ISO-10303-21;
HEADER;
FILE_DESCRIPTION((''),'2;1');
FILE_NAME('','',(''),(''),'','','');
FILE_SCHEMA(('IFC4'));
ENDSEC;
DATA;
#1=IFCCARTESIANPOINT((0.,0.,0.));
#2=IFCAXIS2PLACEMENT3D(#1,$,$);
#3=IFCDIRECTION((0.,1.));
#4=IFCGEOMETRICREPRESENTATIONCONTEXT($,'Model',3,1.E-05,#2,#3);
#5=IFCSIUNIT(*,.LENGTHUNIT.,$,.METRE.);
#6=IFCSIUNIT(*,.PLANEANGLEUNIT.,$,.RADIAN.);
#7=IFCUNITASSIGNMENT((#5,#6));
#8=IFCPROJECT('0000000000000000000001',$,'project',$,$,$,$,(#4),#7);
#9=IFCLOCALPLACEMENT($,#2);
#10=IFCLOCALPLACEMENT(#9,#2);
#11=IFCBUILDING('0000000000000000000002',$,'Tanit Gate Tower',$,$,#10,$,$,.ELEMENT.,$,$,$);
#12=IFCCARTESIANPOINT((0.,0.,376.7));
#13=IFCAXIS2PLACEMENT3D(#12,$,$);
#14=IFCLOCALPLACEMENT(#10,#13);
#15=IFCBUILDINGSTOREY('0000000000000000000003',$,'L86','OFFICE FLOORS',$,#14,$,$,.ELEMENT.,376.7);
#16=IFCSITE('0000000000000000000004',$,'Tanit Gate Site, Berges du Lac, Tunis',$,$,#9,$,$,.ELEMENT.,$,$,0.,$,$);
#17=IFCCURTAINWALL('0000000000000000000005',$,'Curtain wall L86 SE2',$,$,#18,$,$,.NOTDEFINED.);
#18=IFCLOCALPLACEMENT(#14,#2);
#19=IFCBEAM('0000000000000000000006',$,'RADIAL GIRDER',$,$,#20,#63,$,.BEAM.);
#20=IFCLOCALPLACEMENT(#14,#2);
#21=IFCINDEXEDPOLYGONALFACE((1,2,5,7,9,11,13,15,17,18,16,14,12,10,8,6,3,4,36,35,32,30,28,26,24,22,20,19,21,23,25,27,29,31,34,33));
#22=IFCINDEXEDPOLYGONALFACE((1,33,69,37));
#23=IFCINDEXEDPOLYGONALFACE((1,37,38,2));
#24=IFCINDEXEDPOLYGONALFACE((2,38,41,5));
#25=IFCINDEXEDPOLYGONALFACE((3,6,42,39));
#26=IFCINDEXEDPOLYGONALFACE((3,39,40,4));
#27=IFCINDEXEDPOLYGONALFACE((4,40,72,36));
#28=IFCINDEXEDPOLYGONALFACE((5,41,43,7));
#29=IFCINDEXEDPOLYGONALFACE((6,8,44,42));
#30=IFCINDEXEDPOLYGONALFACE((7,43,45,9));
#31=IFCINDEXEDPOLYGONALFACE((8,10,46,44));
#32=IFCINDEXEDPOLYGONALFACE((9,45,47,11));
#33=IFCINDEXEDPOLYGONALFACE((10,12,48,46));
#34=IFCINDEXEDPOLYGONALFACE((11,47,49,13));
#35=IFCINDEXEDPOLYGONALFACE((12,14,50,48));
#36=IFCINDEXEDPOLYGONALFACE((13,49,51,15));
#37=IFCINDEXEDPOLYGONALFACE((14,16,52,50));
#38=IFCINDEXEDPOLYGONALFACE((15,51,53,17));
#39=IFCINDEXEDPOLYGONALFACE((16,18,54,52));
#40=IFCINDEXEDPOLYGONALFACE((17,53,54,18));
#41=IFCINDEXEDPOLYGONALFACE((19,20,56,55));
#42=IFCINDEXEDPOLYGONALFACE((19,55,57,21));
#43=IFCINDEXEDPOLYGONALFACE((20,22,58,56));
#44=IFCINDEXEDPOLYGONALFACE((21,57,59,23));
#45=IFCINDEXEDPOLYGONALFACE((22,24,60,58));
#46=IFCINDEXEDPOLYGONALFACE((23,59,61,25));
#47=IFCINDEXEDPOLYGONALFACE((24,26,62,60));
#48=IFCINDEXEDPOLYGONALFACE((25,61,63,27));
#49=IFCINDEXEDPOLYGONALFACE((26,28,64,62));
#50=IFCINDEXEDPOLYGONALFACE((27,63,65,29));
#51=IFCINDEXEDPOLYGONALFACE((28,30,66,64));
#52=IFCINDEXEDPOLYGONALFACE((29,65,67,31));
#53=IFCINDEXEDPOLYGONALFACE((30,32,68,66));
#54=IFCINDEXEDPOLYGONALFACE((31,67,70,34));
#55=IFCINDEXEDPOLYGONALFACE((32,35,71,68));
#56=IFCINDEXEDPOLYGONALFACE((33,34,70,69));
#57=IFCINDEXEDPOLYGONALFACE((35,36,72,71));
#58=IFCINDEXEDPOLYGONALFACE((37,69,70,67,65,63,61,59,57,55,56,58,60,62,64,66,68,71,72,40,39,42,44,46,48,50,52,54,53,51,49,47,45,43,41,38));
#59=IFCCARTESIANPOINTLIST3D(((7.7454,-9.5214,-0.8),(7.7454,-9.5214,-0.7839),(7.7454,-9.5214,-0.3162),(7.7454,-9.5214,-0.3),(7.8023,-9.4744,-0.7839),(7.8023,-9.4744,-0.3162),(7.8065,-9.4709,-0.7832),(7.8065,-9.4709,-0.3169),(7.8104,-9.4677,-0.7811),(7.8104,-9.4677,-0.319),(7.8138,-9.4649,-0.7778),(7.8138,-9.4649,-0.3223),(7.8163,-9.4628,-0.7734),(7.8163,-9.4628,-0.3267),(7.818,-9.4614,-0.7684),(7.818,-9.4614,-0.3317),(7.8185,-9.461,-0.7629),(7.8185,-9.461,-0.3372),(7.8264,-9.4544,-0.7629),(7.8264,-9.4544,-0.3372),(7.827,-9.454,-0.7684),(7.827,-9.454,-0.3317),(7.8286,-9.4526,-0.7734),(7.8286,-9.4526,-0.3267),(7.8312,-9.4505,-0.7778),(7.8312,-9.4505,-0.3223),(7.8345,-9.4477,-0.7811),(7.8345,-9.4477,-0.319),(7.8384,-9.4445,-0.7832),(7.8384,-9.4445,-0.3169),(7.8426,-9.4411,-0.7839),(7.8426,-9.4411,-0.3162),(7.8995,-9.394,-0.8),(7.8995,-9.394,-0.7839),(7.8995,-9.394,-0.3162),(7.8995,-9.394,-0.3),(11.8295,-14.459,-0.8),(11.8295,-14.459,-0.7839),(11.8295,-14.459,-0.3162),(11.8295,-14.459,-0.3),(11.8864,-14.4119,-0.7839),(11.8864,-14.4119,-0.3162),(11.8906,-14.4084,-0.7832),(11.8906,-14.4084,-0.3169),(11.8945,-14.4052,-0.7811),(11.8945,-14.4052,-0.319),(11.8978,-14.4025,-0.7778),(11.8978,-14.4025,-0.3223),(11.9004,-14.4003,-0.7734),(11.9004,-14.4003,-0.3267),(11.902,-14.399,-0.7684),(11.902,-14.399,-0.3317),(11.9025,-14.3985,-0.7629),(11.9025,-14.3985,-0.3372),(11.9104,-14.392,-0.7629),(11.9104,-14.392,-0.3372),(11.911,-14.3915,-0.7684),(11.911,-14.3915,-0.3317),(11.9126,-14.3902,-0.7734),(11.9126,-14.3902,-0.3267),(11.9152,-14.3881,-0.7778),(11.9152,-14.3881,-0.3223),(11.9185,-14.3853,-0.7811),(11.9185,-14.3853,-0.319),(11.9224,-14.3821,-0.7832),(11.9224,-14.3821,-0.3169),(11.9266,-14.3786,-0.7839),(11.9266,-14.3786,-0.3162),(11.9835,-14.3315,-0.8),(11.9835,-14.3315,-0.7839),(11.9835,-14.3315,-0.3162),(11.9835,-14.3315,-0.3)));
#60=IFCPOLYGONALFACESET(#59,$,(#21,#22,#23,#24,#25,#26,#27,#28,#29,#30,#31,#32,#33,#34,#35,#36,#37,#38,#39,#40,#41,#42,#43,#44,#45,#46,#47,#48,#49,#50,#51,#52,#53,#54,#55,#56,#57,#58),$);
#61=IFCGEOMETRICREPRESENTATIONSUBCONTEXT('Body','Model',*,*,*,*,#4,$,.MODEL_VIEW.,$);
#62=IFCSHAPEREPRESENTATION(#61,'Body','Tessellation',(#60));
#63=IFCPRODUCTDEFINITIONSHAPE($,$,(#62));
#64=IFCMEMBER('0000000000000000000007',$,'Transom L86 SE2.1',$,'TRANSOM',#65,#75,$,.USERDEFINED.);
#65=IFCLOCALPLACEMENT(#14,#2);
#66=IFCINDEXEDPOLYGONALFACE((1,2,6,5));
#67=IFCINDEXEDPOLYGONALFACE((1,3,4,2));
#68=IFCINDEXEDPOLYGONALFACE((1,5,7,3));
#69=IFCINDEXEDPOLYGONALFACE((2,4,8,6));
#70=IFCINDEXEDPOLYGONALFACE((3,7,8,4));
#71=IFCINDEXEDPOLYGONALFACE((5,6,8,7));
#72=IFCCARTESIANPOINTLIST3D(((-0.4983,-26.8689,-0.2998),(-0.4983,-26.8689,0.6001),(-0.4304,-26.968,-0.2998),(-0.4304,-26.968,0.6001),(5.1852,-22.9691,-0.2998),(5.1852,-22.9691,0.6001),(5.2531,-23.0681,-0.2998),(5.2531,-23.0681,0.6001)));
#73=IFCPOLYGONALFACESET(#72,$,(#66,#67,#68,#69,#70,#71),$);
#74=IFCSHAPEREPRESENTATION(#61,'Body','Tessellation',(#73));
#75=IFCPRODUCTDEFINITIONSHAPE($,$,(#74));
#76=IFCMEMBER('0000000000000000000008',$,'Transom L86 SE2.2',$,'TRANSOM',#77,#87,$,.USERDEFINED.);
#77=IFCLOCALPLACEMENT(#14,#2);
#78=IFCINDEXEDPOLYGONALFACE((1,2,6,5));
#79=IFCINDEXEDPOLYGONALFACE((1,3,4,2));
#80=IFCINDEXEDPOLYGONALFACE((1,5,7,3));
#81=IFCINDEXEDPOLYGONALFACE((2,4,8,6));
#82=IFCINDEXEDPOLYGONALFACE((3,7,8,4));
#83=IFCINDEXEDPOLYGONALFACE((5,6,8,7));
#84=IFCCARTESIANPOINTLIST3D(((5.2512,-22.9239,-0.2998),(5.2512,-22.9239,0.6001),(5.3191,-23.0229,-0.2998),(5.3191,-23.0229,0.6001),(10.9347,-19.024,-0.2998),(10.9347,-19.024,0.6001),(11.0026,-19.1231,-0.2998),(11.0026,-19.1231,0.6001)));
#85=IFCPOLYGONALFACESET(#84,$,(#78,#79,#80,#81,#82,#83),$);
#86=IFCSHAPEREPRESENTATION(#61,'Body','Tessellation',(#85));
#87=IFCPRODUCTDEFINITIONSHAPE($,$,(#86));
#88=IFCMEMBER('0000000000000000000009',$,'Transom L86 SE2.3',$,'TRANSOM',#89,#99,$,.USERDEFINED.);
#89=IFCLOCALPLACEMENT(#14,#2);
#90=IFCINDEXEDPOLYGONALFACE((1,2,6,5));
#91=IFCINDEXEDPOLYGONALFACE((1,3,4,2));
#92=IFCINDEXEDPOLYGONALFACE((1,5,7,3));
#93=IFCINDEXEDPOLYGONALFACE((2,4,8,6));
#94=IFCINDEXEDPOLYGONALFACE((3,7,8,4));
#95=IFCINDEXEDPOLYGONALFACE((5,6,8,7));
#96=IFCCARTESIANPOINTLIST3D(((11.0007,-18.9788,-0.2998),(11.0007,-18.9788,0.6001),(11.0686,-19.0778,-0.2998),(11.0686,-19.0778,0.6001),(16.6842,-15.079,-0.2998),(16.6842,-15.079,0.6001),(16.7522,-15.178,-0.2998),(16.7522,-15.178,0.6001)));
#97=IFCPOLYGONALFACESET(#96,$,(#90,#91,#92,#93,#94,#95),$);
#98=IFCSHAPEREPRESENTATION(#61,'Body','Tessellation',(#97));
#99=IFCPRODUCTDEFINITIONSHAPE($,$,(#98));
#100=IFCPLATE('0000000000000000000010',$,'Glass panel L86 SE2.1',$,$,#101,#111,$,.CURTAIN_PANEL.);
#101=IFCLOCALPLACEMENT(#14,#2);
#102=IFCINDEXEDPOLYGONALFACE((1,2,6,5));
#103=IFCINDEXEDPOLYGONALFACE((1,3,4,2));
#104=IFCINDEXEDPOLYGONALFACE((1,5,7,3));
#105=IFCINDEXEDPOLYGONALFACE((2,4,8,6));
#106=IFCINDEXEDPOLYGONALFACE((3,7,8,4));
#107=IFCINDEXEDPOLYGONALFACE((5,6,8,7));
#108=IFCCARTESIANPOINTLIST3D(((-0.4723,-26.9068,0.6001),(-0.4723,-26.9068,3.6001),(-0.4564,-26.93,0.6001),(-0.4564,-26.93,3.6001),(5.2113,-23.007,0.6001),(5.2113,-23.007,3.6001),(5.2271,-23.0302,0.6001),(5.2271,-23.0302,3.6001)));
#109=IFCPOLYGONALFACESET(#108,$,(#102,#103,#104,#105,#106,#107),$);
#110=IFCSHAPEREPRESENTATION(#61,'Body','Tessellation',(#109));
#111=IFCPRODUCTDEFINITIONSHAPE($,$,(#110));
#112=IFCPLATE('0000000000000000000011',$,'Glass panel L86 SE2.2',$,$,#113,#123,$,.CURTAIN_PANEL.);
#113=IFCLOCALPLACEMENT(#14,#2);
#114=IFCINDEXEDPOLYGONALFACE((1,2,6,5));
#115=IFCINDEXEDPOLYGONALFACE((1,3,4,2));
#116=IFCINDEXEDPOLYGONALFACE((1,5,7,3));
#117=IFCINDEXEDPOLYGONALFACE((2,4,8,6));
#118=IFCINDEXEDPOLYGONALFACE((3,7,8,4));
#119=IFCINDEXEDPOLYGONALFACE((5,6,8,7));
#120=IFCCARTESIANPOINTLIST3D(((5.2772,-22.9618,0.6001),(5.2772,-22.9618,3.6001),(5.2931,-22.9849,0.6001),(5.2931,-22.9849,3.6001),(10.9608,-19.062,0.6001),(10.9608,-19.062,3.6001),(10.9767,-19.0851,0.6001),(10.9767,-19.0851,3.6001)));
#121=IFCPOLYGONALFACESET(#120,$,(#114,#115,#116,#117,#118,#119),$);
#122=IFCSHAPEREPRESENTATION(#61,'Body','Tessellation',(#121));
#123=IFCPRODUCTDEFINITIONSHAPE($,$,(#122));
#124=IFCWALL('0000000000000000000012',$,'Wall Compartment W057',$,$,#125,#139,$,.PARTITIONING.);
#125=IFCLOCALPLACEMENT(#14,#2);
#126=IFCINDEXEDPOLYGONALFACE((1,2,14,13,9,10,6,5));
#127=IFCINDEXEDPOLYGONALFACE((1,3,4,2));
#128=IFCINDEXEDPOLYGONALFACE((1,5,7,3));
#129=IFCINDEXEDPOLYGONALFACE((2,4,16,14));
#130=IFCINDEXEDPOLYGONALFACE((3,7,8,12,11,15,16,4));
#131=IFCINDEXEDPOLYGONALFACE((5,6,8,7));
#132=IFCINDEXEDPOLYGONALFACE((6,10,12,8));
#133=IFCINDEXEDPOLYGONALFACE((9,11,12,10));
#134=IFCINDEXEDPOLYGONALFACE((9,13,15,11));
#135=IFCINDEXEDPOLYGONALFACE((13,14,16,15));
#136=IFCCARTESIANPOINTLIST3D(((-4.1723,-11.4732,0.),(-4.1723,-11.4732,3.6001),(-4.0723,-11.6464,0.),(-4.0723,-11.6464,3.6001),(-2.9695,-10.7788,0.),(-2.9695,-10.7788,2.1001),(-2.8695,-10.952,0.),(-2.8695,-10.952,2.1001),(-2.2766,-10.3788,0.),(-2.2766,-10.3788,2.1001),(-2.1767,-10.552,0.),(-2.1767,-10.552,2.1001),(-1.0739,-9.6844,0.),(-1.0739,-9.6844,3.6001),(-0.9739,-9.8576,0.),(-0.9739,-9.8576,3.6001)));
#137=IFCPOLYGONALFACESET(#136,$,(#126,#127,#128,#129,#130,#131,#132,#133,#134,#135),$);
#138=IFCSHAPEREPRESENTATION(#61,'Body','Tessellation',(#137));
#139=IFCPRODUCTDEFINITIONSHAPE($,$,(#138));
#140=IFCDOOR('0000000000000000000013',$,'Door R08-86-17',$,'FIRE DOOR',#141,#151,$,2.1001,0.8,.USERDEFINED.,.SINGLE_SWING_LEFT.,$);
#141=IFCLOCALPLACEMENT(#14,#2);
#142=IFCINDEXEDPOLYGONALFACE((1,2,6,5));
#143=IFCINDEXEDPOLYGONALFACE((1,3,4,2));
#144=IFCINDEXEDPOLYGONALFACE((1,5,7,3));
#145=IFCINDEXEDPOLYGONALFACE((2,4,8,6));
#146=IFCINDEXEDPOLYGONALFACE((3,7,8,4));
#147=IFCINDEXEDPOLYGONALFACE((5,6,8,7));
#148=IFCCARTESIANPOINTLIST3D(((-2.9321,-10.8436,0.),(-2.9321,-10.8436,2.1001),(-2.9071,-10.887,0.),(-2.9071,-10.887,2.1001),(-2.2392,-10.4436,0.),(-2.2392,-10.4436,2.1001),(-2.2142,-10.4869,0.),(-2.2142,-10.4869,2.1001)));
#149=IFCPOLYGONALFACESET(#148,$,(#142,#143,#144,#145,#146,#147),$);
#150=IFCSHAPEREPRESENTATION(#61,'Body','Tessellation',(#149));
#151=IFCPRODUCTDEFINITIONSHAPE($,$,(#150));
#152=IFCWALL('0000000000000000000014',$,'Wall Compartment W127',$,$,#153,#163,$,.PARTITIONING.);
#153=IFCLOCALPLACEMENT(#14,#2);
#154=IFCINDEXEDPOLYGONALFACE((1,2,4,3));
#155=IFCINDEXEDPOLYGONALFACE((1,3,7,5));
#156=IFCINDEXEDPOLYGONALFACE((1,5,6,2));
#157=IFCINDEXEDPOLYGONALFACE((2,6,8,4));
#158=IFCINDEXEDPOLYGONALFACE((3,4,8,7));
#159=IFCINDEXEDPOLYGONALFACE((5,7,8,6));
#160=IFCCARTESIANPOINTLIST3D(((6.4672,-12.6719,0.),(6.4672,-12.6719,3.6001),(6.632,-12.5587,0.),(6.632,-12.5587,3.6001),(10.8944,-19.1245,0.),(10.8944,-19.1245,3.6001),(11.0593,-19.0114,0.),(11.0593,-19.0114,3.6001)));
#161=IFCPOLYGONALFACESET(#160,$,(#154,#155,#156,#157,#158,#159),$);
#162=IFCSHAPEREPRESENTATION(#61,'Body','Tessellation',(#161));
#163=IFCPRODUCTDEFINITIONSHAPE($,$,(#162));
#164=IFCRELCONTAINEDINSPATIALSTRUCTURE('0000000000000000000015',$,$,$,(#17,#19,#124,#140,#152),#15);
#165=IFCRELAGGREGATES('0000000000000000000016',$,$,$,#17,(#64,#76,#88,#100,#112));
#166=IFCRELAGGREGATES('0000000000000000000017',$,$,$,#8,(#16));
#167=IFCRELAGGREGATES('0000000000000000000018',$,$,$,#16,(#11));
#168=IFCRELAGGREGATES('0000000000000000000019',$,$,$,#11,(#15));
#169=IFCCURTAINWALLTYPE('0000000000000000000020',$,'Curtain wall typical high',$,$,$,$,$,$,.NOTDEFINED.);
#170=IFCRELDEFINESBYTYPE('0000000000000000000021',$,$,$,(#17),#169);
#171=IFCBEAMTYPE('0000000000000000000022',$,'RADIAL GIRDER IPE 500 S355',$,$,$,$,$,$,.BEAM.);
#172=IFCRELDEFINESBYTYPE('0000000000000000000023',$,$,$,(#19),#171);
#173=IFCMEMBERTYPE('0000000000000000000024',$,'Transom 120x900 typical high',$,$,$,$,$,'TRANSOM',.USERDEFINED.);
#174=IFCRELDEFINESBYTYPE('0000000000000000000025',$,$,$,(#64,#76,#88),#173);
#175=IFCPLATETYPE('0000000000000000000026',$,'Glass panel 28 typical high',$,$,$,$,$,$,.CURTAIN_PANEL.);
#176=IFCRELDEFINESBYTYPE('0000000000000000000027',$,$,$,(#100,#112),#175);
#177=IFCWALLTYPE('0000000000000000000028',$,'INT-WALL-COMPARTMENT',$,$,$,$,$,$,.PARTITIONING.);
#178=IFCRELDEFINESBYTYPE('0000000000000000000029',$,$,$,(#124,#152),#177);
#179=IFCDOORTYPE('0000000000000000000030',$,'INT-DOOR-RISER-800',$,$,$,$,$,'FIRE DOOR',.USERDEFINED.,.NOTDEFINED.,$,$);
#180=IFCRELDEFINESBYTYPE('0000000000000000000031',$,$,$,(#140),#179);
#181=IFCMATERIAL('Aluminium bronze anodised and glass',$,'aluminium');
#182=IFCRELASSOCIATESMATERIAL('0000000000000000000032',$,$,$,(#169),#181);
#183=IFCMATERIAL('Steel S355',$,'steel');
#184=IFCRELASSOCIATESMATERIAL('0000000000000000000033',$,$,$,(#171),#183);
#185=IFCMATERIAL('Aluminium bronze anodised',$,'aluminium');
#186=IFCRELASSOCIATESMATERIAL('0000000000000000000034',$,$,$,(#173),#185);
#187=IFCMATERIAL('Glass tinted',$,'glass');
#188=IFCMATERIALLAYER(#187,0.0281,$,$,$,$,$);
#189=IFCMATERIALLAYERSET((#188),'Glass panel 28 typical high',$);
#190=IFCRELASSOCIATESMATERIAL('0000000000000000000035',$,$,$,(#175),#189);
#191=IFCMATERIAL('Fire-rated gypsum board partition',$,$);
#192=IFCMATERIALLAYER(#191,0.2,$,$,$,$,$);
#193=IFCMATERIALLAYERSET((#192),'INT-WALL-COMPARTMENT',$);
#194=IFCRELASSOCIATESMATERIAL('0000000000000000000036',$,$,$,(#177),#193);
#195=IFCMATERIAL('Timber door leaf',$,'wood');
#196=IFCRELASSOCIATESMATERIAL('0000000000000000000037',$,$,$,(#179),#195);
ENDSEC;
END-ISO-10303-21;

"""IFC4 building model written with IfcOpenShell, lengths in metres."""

from ifc_helpers import new_model, si_unit, direction, frame, frame_2d, origin, origin_2d, place, context, subcontext, project, spatial, rectangle, i_section, extrude, material, layer, layer_set, material_profile, profile_set, type_object, element, fill, aggregate, save


model = new_model("IFC4")

# Units and contexts
model_context = context("Model", 3, precision=1e-05, world=origin(), true_north=direction((0.0, 1.0)))
body_context = subcontext(model_context, "Body", "Model", "MODEL_VIEW")
ifc_project = project(units=[si_unit("LENGTHUNIT", "METRE"), si_unit("PLANEANGLEUNIT", "RADIAN")], contexts=[model_context])

# Site, building, storey
site_placement = place(None, origin())
site = spatial("IfcSite", under=ifc_project, at=site_placement, Name="Tanit Gate Site, Berges du Lac, Tunis", CompositionType="ELEMENT", RefElevation=0.0)
building_placement = place(site_placement, origin())
building = spatial("IfcBuilding", under=site, at=building_placement, Name="Tanit Gate Tower", CompositionType="ELEMENT")
storey_placement = place(building_placement, frame((0.0, 0.0, 376.7)))
storey = spatial("IfcBuildingStorey", under=building, at=storey_placement, Name="L86", Description="OFFICE FLOORS", CompositionType="ELEMENT", Elevation=376.7)

# Curtain wall
ifc_material_1 = material(Name="Aluminium bronze anodised and glass", Category="aluminium")
curtain_wall_type = type_object("IfcCurtainWallType", Name="Curtain wall typical high", PredefinedType="NOTDEFINED", material=ifc_material_1)
curtain_wall_1_placement = place(storey_placement, origin())
curtain_wall_1 = element("IfcCurtainWall", 1, at=curtain_wall_1_placement, inside=storey, type_object=curtain_wall_type, Name="Curtain wall L86 SE2", PredefinedType="NOTDEFINED")

# Beam
ifc_material_2 = material(Name="Steel S355", Category="steel")
ifc_material_profile_1 = material_profile(ifc_material_2, i_section(OverallWidth=0.2, OverallDepth=0.5, WebThickness=0.0103, FlangeThickness=0.0161, FilletRadius=0.021, at=origin_2d()), Name="IPE 500")
ifc_profile_set_1 = profile_set([ifc_material_profile_1], Name="Steel S355")
beam_type = type_object("IfcBeamType", Name="RADIAL GIRDER IPE 500 S355", PredefinedType="BEAM", material=ifc_profile_set_1)
beam_1_placement = place(storey_placement, frame((11.9065, -14.3953, -0.55), z_axis=(-0.637362, 0.770565, 0.0), x_axis=(-0.770565, -0.637362, 0.0)))
element("IfcBeam", 2, at=beam_1_placement, inside=storey, type_object=beam_type, Name="RADIAL GIRDER", PredefinedType="BEAM", context=body_context, shape_type="SweptSolid", body=[
    extrude(i_section(OverallWidth=0.2, OverallDepth=0.5, WebThickness=0.0103, FlangeThickness=0.0161, FilletRadius=0.021, at=origin_2d()), origin(), (0.0, 0.0, 1.0), 6.4077),
])

# Members
ifc_material_3 = material(Name="Aluminium bronze anodised", Category="aluminium")
ifc_material_profile_2 = material_profile(ifc_material_3, rectangle(XDim=0.1201, YDim=0.8999, at=origin_2d()), Name="120x900 bronze transom")
ifc_profile_set_2 = profile_set([ifc_material_profile_2], Name="Aluminium bronze anodised")
member_type_1 = type_object("IfcMemberType", Name="Transom 120x900 typical high", ElementType="TRANSOM", PredefinedType="USERDEFINED", material=ifc_profile_set_2)
member_1_placement = place(storey_placement, frame((-0.4644, -26.9185, 0.1501), z_axis=(0.824554, 0.565783, 0.0), x_axis=(-0.565783, 0.824554, 0.0)))
member_1 = element("IfcMember", 3, at=member_1_placement, type_object=member_type_1, Name="Transom L86 SE2.1", ObjectType="TRANSOM", PredefinedType="USERDEFINED", context=body_context, shape_type="SweptSolid", body=[
    extrude(rectangle(XDim=0.1201, YDim=0.8999, at=origin_2d()), origin(), (0.0, 0.0, 1.0), 6.8928),
])
member_2_placement = place(storey_placement, frame((5.2852, -22.9734, 0.1501), z_axis=(0.824554, 0.565783, 0.0), x_axis=(-0.565783, 0.824554, 0.0)))
member_2 = element("IfcMember", 4, at=member_2_placement, type_object=member_type_1, Name="Transom L86 SE2.2", ObjectType="TRANSOM", PredefinedType="USERDEFINED", context=body_context, shape_type="SweptSolid", body=[
    extrude(rectangle(XDim=0.1201, YDim=0.8999, at=origin_2d()), origin(), (0.0, 0.0, 1.0), 6.8928),
])
member_3_placement = place(storey_placement, frame((11.0347, -19.0283, 0.1501), z_axis=(0.824554, 0.565783, 0.0), x_axis=(-0.565783, 0.824554, 0.0)))
member_3 = element("IfcMember", 5, at=member_3_placement, type_object=member_type_1, Name="Transom L86 SE2.3", ObjectType="TRANSOM", PredefinedType="USERDEFINED", context=body_context, shape_type="SweptSolid", body=[
    extrude(rectangle(XDim=0.1201, YDim=0.8999, at=origin_2d()), origin(), (0.0, 0.0, 1.0), 6.8928),
])

# Plates
ifc_material_4 = material(Name="Glass tinted", Category="glass")
ifc_layer_1 = layer(ifc_material_4, 0.0281)
ifc_layer_set_1 = layer_set([ifc_layer_1], Name="Glass panel 28 typical high")
plate_type = type_object("IfcPlateType", Name="Glass panel 28 typical high", PredefinedType="CURTAIN_PANEL", material=ifc_layer_set_1)
plate_1_placement = place(storey_placement, frame((2.3774, -24.9685, 0.6001), z_axis=(0.0, 0.0, 1.0), x_axis=(0.824557, 0.56578, 0.0)))
plate_1 = element("IfcPlate", 6, at=plate_1_placement, type_object=plate_type, Name="Glass panel L86 SE2.1", PredefinedType="CURTAIN_PANEL", context=body_context, shape_type="SweptSolid", body=[
    extrude(rectangle(XDim=6.8928, YDim=0.0281, at=origin_2d()), origin(), (0.0, 0.0, 1.0), 3.0),
])
plate_2_placement = place(storey_placement, frame((8.127, -21.0234, 0.6001), z_axis=(0.0, 0.0, 1.0), x_axis=(0.824557, 0.56578, 0.0)))
plate_2 = element("IfcPlate", 7, at=plate_2_placement, type_object=plate_type, Name="Glass panel L86 SE2.2", PredefinedType="CURTAIN_PANEL", context=body_context, shape_type="SweptSolid", body=[
    extrude(rectangle(XDim=6.8928, YDim=0.0281, at=origin_2d()), origin(), (0.0, 0.0, 1.0), 3.0),
])
aggregate(curtain_wall_1, [member_1, member_2, member_3, plate_1, plate_2])

# Wall, opening, door
ifc_material_5 = material(Name="Fire-rated gypsum board partition")
ifc_layer_2 = layer(ifc_material_5, 0.2)
ifc_layer_set_2 = layer_set([ifc_layer_2], Name="INT-WALL-COMPARTMENT")
wall_type_1 = type_object("IfcWallType", Name="INT-WALL-COMPARTMENT", PredefinedType="PARTITIONING", material=ifc_layer_set_2)
wall_1_placement = place(storey_placement, frame((-1.0239, -9.771, 0.0), z_axis=(0.0, 0.0, 1.0), x_axis=(-0.86603, -0.499992, 0.0)))
wall_1 = element("IfcWall", 8, at=wall_1_placement, inside=storey, type_object=wall_type_1, Name="Wall Compartment W057", PredefinedType="PARTITIONING", context=body_context, shape_type="SweptSolid", body=[
    extrude(rectangle(XDim=3.5776, YDim=0.2, at=frame_2d((1.7888, 0.0))), origin(), (0.0, 0.0, 1.0), 3.6001),
])
opening_1_placement = place(wall_1_placement, frame((1.3889, 0.0, 0.0)))
opening_1 = element("IfcOpeningElement", 9, at=opening_1_placement, cuts=wall_1, PredefinedType="OPENING", context=body_context, shape_type="SweptSolid", body=[
    extrude(rectangle(XDim=0.8, YDim=2.1001, at=frame_2d((0.3999, 1.05))), frame((0.0, 0.1099, 0.0), z_axis=(0.0, -1.0, 0.0), x_axis=(1.0, 0.0, 0.0)), (0.0, 0.0, 1.0), 0.22),
])
ifc_material_6 = material(Name="Timber door leaf", Category="wood")
door_type_1 = type_object("IfcDoorType", Name="INT-DOOR-RISER-800", ElementType="FIRE DOOR", OperationType="NOTDEFINED", PredefinedType="USERDEFINED", material=ifc_material_6)
door_1_placement = place(opening_1_placement, origin())
door_1 = element("IfcDoor", 10, at=door_1_placement, inside=storey, type_object=door_type_1, Name="Door R08-86-17", ObjectType="FIRE DOOR", OperationType="SINGLE_SWING_LEFT", OverallHeight=2.1001, OverallWidth=0.8, PredefinedType="USERDEFINED", context=body_context, shape_type="SweptSolid", body=[
    extrude(rectangle(XDim=0.8, YDim=2.1001, at=frame_2d((0.3999, 1.05))), frame((0.0, 0.0249, 0.0), z_axis=(0.0, -1.0, 0.0), x_axis=(1.0, 0.0, 0.0)), (0.0, 0.0, 1.0), 0.05),
])
fill(opening_1, door_1)

# Wall
wall_2_placement = place(storey_placement, frame((10.9768, -19.0679, 0.0), z_axis=(0.0, 0.0, 1.0), x_axis=(-0.565753, 0.824575, 0.0)))
element("IfcWall", 11, at=wall_2_placement, inside=storey, type_object=wall_type_1, Name="Wall Compartment W127", PredefinedType="PARTITIONING", context=body_context, shape_type="SweptSolid", body=[
    extrude(rectangle(XDim=7.8254, YDim=0.2, at=frame_2d((3.9126, 0.0))), origin(), (0.0, 0.0, 1.0), 3.6001),
])

save(model, "model.ifc")
